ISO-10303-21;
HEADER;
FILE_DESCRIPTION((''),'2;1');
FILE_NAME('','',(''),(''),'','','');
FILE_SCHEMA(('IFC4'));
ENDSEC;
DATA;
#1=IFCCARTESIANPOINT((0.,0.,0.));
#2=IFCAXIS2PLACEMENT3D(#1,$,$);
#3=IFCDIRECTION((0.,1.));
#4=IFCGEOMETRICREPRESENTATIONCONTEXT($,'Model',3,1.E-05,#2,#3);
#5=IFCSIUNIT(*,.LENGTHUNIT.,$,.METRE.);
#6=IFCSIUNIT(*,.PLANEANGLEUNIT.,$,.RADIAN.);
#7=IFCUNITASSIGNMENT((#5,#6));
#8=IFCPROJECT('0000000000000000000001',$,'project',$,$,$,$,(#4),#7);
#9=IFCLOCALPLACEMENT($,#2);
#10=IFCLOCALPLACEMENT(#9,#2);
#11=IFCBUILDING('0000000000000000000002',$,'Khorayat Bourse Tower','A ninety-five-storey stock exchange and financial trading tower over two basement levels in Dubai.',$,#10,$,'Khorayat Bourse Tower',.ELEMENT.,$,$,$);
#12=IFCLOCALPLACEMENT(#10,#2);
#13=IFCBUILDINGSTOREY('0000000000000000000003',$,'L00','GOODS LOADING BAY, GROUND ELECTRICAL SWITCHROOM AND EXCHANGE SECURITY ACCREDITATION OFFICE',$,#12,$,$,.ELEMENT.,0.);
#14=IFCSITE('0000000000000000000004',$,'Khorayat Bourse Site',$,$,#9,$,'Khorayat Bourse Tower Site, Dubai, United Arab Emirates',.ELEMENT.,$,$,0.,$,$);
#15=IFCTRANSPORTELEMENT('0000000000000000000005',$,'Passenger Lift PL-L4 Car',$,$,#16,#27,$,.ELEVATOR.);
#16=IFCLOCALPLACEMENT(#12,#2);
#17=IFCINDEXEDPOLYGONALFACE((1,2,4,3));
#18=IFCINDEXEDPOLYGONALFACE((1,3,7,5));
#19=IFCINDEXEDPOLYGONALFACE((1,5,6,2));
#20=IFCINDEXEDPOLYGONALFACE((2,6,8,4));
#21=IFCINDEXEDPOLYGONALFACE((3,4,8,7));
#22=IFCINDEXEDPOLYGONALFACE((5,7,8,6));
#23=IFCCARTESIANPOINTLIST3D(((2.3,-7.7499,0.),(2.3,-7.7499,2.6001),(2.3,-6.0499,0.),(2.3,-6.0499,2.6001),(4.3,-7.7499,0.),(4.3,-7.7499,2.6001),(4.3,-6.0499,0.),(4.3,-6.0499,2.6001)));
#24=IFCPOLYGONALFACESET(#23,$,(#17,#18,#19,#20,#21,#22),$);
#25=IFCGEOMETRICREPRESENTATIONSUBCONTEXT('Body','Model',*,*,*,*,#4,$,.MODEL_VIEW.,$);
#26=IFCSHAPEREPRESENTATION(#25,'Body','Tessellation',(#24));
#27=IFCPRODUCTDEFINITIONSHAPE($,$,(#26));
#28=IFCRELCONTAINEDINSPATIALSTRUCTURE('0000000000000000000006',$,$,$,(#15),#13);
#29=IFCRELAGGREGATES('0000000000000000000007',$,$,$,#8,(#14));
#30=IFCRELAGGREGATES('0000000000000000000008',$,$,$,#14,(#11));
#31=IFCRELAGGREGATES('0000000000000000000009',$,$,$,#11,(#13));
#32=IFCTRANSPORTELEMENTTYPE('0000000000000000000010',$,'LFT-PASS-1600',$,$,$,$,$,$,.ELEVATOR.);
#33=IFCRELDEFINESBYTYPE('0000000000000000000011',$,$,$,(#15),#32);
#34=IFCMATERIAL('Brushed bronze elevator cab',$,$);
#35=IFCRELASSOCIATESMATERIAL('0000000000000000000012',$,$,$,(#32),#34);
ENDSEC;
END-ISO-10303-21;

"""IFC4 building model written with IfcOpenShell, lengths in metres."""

from ifc_helpers import new_model, si_unit, direction, frame, origin, origin_2d, place, context, subcontext, project, spatial, rectangle, extrude, source, transform, mapped, material, type_object, element, save


model = new_model("IFC4")

# Units and contexts
model_context = context("Model", 3, precision=1e-05, world=origin(), true_north=direction((0.0, 1.0)))
body_context = subcontext(model_context, "Body", "Model", "MODEL_VIEW")
ifc_project = project(units=[si_unit("LENGTHUNIT", "METRE"), si_unit("PLANEANGLEUNIT", "RADIAN")], contexts=[model_context])

# Site, building, storey
site_placement = place(None, origin())
site = spatial("IfcSite", under=ifc_project, at=site_placement, Name="Khorayat Bourse Site", LongName="Khorayat Bourse Tower Site, Dubai, United Arab Emirates", CompositionType="ELEMENT", RefElevation=0.0)
building_placement = place(site_placement, origin())
building = spatial("IfcBuilding", under=site, at=building_placement, Name="Khorayat Bourse Tower", Description="A ninety-five-storey stock exchange and financial trading tower over two basement levels in Dubai.", LongName="Khorayat Bourse Tower", CompositionType="ELEMENT")
storey_placement = place(building_placement, origin())
storey = spatial("IfcBuildingStorey", under=building, at=storey_placement, Name="L00", Description="GOODS LOADING BAY, GROUND ELECTRICAL SWITCHROOM AND EXCHANGE SECURITY ACCREDITATION OFFICE", CompositionType="ELEMENT", Elevation=0.0)

# Transport element
ifc_material_1 = material(Name="Brushed bronze elevator cab")
transport_element_type = type_object("IfcTransportElementType", Name="LFT-PASS-1600", PredefinedType="ELEVATOR", material=ifc_material_1)
shared_shape_1 = source(origin(), body_context, "Body", "SweptSolid", [
    extrude(rectangle(XDim=2.0, YDim=1.7, at=origin_2d()), origin(), (0.0, 0.0, 1.0), 2.6001),
])
for number, where, z_axis, x_axis, name in (
    (1, (3.3, -6.8999, 0.0), (0.0, 0.0, 1.0), (1.0, 0.0, 0.0), "Passenger Lift PL-L4 Car"),
):
    element("IfcTransportElement", number, at=place(storey_placement, frame(where, z_axis=z_axis, x_axis=x_axis)), inside=storey, type_object=transport_element_type, Name=name, PredefinedType="ELEVATOR", context=body_context, shape_type="MappedRepresentation", body=[
        mapped(shared_shape_1, transform((0.0, 0.0, 0.0), scale=1.0)),
    ])

save(model, "model.ifc")
